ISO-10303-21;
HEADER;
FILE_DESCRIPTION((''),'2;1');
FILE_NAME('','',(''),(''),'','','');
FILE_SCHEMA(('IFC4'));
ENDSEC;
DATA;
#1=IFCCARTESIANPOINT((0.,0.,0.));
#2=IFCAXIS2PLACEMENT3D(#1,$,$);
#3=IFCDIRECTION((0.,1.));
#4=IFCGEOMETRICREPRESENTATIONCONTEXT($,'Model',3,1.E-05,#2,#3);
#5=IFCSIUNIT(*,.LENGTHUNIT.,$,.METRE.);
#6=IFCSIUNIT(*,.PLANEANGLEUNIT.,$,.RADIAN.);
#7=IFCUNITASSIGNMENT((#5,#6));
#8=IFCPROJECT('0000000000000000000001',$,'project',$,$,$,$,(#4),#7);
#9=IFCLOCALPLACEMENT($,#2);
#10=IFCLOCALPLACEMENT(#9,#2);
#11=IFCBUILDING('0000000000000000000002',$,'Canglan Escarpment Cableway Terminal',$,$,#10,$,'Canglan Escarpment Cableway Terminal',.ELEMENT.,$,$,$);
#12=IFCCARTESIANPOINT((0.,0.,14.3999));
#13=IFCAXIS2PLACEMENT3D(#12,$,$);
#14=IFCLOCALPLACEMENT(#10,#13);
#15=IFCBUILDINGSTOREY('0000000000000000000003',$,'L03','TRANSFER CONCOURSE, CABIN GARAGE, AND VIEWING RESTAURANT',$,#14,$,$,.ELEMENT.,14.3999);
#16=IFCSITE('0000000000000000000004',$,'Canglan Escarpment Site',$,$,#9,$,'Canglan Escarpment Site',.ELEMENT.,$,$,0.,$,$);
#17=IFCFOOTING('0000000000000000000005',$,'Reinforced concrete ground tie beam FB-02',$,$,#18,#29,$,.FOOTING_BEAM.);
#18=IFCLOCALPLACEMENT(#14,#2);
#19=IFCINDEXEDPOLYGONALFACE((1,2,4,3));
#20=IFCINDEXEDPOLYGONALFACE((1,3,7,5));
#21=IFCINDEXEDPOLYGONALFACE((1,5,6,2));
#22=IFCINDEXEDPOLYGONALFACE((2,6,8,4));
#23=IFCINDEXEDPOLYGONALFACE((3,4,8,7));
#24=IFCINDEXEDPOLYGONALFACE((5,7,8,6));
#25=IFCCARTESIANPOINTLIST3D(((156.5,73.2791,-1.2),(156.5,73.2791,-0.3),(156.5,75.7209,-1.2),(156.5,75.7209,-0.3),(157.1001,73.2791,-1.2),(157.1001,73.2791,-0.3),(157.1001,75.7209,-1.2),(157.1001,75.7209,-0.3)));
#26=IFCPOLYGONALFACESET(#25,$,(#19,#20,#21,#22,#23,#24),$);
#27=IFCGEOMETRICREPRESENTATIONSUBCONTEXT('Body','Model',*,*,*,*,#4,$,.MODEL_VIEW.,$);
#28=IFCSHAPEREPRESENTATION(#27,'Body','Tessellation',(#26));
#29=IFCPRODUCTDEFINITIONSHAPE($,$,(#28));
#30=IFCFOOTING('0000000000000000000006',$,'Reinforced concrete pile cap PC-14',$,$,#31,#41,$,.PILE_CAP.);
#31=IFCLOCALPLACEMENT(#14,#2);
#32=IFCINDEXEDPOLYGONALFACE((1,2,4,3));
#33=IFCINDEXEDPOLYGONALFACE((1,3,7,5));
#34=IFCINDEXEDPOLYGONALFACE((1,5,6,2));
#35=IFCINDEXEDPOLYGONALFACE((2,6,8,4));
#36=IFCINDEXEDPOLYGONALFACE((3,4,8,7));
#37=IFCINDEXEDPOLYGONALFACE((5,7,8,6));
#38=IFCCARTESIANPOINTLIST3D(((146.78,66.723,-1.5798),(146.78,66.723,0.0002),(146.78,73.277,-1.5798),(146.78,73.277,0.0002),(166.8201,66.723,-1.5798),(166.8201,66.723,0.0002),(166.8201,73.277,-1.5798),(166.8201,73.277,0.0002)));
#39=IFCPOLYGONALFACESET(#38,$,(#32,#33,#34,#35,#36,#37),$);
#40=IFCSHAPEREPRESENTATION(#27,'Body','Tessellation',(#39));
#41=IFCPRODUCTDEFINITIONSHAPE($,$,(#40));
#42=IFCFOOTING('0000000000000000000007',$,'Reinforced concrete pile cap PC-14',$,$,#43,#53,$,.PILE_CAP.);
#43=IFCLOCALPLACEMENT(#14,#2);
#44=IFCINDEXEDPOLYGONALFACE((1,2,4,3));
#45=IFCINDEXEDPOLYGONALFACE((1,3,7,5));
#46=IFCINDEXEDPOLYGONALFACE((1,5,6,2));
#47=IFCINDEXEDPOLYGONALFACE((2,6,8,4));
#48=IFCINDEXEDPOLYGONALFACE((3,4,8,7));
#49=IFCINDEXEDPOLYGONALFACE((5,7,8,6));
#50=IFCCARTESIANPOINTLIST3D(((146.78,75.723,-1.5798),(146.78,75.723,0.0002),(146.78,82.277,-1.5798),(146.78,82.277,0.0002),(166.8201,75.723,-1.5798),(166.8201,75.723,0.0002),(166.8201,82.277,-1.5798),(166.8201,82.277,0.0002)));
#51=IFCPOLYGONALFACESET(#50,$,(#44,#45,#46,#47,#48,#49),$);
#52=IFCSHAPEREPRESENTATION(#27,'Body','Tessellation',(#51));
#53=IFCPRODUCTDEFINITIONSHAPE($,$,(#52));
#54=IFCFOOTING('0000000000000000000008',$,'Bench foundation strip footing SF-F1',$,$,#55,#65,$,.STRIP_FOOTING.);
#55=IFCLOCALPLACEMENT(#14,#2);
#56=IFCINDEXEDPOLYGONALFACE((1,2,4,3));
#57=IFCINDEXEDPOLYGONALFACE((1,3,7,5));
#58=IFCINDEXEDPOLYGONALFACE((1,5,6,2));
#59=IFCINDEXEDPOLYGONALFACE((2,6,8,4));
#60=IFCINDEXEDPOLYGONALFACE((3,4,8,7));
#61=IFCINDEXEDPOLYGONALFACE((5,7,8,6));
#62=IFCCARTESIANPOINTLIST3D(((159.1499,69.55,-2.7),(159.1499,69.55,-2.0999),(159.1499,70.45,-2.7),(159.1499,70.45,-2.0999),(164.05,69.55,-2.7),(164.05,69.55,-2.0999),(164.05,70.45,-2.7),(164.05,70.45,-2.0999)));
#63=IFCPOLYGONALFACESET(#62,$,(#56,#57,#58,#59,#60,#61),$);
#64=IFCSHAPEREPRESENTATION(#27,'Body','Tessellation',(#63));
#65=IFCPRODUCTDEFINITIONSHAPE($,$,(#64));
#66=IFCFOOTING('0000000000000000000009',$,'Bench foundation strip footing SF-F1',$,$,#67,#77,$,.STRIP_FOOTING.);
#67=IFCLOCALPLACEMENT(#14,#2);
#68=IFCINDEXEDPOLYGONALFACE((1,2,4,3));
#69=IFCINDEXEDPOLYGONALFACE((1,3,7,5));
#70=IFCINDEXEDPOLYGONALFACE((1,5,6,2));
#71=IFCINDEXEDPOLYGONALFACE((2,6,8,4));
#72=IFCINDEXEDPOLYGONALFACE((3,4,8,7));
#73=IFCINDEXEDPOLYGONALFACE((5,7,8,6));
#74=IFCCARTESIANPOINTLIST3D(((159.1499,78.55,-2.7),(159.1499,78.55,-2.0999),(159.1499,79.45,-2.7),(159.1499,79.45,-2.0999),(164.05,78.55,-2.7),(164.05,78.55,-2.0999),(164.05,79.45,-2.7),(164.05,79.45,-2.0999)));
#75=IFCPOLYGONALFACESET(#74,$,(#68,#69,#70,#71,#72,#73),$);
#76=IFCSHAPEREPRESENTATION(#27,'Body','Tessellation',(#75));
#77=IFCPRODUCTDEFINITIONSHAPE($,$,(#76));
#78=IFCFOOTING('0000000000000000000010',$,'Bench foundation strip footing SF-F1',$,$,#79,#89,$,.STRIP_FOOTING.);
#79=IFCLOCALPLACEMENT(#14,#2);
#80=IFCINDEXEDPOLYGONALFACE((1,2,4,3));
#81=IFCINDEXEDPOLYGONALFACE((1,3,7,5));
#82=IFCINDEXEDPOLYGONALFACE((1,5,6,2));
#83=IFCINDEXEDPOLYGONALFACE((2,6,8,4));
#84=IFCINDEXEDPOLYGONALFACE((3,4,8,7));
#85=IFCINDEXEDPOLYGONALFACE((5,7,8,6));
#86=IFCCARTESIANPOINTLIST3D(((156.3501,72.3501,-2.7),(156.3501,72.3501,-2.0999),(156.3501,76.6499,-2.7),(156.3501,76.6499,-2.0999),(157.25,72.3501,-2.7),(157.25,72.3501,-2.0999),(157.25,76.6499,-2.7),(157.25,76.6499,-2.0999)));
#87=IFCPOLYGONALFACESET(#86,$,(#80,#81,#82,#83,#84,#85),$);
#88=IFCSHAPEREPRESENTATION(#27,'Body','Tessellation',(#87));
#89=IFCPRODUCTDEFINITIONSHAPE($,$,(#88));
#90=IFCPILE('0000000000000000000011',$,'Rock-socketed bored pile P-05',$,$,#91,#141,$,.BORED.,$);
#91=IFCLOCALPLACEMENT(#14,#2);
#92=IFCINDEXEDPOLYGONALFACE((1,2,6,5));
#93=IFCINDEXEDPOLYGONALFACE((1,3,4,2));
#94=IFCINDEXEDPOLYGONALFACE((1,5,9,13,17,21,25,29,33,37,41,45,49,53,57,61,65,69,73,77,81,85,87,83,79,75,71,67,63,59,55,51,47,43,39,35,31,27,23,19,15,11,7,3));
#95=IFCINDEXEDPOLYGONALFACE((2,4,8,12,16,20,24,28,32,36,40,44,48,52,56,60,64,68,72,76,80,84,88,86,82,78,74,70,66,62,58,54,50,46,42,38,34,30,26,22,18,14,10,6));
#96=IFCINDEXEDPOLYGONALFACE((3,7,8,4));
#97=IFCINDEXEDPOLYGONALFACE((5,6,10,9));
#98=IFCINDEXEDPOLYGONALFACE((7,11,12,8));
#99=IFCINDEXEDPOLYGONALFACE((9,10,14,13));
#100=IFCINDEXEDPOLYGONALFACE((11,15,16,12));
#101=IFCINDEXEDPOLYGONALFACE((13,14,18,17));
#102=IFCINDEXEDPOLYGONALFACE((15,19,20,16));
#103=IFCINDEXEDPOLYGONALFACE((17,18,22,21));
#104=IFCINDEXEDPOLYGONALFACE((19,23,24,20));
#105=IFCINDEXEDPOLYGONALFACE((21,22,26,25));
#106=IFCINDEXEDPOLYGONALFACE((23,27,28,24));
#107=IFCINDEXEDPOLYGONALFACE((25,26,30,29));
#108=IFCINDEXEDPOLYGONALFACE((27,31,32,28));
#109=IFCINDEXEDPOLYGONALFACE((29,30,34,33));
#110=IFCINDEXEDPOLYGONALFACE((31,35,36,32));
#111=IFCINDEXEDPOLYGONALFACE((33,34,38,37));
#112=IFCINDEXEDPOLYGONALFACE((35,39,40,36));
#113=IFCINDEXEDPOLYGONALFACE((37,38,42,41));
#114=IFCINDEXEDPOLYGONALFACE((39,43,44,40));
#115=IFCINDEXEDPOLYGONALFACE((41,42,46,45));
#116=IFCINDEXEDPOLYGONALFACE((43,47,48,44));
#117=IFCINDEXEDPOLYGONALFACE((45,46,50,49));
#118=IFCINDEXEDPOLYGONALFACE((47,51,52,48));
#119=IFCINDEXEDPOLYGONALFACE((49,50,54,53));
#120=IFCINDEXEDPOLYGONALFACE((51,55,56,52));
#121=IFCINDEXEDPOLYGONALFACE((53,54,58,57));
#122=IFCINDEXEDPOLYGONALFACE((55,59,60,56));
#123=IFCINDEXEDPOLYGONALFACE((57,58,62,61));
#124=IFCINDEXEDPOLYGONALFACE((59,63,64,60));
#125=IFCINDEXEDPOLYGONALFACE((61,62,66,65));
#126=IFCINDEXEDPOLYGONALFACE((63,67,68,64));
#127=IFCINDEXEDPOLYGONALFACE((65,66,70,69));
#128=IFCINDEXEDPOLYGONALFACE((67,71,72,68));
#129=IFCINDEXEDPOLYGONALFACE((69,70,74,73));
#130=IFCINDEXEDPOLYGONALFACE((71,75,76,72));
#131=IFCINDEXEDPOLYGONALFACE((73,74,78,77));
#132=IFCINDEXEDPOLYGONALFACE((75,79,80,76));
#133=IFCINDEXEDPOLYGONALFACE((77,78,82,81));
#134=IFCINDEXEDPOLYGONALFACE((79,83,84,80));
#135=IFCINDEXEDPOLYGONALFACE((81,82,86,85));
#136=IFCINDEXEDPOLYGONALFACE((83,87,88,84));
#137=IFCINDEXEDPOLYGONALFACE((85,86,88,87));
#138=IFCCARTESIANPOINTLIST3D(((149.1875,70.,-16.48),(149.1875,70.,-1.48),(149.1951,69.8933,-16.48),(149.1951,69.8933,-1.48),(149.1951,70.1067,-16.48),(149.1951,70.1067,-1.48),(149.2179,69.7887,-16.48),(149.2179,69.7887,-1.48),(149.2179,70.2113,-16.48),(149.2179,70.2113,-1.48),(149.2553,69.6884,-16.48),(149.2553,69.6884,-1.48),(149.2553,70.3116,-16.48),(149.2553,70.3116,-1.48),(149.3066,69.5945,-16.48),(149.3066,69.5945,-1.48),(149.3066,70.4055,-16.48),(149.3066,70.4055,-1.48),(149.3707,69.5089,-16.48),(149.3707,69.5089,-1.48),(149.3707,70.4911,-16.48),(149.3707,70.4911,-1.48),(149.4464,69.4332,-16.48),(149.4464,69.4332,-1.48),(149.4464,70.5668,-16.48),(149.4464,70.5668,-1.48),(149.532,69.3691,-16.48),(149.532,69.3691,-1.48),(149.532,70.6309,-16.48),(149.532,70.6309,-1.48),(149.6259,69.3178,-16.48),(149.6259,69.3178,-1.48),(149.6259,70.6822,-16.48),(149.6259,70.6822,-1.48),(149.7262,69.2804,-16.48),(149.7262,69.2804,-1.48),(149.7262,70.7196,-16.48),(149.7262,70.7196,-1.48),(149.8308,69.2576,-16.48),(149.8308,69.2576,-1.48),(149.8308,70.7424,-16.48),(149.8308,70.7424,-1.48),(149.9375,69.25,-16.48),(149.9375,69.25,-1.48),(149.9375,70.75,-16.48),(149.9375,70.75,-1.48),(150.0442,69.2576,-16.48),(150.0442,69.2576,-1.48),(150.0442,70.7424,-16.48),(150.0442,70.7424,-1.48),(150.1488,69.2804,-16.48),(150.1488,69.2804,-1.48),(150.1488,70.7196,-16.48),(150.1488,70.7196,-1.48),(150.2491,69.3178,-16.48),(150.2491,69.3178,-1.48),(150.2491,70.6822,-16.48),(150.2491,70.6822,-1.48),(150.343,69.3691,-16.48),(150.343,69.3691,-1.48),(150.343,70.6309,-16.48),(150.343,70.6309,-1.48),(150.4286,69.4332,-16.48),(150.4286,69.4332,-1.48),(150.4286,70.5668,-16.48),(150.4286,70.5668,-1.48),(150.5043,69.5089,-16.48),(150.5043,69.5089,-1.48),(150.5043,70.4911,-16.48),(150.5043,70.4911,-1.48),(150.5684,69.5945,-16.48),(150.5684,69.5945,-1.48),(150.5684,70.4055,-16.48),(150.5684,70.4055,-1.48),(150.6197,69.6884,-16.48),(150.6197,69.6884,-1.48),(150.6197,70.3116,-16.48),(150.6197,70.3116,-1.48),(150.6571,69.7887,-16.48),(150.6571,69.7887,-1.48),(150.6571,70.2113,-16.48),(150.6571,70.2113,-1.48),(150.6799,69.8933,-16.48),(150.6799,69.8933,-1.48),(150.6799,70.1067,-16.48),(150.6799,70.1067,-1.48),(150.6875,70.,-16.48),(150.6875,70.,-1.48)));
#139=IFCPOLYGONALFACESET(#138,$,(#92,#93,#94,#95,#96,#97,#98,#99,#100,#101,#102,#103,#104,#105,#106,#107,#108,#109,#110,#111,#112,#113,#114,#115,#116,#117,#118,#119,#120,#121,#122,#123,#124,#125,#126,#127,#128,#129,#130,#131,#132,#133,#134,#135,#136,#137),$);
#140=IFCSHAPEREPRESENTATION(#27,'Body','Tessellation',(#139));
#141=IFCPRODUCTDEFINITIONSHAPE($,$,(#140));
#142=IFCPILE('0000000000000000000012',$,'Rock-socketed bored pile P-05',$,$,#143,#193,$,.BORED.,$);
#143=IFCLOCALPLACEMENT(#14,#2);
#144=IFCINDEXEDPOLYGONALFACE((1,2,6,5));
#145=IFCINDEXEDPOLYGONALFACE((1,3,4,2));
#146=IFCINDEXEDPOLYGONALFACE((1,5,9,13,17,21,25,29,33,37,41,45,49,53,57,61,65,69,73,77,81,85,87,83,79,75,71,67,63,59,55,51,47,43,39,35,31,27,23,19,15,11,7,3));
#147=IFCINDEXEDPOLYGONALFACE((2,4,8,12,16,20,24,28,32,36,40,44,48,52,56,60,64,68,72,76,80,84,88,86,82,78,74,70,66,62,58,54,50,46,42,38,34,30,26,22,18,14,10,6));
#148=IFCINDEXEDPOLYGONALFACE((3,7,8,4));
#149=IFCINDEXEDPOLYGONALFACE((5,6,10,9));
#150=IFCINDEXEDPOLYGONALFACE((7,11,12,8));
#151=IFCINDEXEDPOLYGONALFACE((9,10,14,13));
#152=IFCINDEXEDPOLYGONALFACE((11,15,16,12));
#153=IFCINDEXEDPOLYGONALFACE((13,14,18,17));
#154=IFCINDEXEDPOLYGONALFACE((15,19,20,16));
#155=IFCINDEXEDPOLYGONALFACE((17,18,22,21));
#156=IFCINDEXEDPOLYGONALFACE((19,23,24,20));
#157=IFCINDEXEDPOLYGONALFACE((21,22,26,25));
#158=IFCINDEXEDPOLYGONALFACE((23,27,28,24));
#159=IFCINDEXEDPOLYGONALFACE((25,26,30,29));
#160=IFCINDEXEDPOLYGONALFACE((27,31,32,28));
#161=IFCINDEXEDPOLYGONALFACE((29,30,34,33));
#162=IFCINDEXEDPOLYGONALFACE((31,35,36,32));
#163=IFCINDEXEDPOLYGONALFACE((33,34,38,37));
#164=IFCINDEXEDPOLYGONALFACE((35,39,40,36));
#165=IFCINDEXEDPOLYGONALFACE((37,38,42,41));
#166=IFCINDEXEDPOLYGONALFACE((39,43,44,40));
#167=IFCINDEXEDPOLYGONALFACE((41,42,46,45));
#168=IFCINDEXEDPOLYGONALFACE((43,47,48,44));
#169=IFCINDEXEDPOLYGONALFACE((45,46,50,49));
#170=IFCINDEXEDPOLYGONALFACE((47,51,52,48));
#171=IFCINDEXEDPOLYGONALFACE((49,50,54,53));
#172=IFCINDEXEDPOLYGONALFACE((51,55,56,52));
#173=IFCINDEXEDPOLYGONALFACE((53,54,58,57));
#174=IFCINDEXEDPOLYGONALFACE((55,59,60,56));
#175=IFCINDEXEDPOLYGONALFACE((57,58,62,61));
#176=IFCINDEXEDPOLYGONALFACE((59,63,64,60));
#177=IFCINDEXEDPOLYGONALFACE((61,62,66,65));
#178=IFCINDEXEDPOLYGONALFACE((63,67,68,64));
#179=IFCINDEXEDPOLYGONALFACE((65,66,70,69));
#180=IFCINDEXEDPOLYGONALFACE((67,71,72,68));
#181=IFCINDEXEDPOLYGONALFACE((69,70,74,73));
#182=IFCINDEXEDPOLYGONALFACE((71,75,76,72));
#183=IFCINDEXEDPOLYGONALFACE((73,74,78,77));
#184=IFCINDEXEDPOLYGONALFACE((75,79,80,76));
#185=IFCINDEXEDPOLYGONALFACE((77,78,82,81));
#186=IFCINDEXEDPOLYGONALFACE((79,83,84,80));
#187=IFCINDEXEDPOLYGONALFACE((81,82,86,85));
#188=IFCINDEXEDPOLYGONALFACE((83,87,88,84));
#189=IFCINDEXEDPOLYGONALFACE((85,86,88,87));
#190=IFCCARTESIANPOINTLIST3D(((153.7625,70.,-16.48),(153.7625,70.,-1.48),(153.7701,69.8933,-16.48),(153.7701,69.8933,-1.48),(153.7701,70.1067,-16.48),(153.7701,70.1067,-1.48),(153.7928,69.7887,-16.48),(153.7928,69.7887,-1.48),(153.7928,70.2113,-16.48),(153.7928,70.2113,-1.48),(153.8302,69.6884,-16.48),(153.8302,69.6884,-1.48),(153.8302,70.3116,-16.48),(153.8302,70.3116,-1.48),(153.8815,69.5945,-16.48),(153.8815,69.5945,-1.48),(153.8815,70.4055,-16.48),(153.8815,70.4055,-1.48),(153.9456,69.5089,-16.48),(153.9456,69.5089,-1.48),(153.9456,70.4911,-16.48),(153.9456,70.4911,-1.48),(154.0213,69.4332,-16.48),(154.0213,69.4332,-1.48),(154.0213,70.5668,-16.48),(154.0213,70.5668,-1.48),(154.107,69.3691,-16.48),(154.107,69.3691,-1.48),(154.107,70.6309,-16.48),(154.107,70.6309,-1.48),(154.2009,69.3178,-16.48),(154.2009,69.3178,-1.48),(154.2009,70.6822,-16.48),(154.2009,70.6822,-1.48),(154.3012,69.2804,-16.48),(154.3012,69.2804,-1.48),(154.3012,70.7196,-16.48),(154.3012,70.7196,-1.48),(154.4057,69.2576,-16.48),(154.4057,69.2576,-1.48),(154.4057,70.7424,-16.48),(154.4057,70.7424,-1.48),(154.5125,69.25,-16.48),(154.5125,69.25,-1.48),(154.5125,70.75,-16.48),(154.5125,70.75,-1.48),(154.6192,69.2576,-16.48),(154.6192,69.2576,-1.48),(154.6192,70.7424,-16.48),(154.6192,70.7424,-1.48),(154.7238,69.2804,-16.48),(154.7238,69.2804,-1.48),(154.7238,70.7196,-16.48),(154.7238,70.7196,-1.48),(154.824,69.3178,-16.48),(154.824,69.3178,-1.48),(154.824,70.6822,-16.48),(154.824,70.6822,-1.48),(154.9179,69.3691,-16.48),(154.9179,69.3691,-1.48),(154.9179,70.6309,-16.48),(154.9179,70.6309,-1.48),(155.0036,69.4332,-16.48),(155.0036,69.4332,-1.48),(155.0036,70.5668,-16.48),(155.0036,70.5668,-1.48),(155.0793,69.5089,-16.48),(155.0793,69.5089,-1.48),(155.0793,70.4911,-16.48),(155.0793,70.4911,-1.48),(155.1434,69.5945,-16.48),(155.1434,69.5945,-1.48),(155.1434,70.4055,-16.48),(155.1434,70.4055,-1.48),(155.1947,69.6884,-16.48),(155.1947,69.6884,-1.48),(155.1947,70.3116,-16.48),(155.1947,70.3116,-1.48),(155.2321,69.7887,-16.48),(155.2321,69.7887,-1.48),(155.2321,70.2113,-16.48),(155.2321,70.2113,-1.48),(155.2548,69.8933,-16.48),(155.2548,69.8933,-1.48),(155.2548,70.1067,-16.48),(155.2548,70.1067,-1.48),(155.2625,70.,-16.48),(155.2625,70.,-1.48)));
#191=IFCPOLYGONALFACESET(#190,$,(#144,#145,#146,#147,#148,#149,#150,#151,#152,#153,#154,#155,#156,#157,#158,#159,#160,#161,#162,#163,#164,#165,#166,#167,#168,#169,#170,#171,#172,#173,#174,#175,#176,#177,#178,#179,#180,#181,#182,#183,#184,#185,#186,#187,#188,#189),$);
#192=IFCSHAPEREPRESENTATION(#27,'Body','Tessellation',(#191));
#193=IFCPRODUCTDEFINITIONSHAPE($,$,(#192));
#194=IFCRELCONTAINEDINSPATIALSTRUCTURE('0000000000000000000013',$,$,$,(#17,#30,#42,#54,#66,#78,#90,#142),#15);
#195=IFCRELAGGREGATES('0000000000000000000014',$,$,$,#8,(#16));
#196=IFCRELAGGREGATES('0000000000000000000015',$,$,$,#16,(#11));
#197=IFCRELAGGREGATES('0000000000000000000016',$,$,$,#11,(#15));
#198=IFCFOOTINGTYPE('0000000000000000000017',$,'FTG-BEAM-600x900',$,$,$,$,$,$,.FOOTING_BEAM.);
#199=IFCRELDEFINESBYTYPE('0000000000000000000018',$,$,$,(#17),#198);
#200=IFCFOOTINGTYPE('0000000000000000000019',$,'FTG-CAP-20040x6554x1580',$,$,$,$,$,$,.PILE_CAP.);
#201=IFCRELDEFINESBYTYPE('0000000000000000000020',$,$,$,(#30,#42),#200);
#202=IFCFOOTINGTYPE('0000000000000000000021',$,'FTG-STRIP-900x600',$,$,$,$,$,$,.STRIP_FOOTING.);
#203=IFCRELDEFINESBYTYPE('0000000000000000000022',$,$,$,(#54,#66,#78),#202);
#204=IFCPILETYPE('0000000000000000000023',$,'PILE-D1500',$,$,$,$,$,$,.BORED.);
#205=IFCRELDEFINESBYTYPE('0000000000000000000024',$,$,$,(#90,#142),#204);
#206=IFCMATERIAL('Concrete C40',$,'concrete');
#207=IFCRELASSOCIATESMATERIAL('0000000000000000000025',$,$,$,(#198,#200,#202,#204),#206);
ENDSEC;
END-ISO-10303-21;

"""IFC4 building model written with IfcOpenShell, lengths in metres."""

from ifc_helpers import new_model, si_unit, direction, frame, origin, origin_2d, place, context, subcontext, project, spatial, rectangle, circle, extrude, material, material_profile, profile_set, type_object, element, save


model = new_model("IFC4")

# Units and contexts
model_context = context("Model", 3, precision=1e-05, world=origin(), true_north=direction((0.0, 1.0)))
body_context = subcontext(model_context, "Body", "Model", "MODEL_VIEW")
ifc_project = project(units=[si_unit("LENGTHUNIT", "METRE"), si_unit("PLANEANGLEUNIT", "RADIAN")], contexts=[model_context])

# Site, building, storey
site_placement = place(None, origin())
site = spatial("IfcSite", under=ifc_project, at=site_placement, Name="Canglan Escarpment Site", LongName="Canglan Escarpment Site", CompositionType="ELEMENT", RefElevation=0.0)
building_placement = place(site_placement, origin())
building = spatial("IfcBuilding", under=site, at=building_placement, Name="Canglan Escarpment Cableway Terminal", LongName="Canglan Escarpment Cableway Terminal", CompositionType="ELEMENT")
storey_placement = place(building_placement, frame((0.0, 0.0, 14.3999)))
storey = spatial("IfcBuildingStorey", under=building, at=storey_placement, Name="L03", Description="TRANSFER CONCOURSE, CABIN GARAGE, AND VIEWING RESTAURANT", CompositionType="ELEMENT", Elevation=14.3999)

# Footings
ifc_material_1 = material(Name="Concrete C40", Category="concrete")
ifc_material_profile_1 = material_profile(ifc_material_1, rectangle(XDim=0.6001, YDim=0.8999, at=origin_2d()), Name="FB 600x900")
ifc_profile_set_1 = profile_set([ifc_material_profile_1], Name="Concrete C40")
footing_type_1 = type_object("IfcFootingType", Name="FTG-BEAM-600x900", PredefinedType="FOOTING_BEAM", material=ifc_profile_set_1)
footing_1_placement = place(storey_placement, frame((156.8, 73.2791, -0.75), z_axis=(0.0, 1.0, 0.0), x_axis=(-1.0, 0.0, 0.0)))
element("IfcFooting", 1, at=footing_1_placement, inside=storey, type_object=footing_type_1, Name="Reinforced concrete ground tie beam FB-02", PredefinedType="FOOTING_BEAM", context=body_context, shape_type="SweptSolid", body=[
    extrude(rectangle(XDim=0.6001, YDim=0.8999, at=origin_2d()), origin(), (0.0, 0.0, 1.0), 2.4419),
])
footing_type_2 = type_object("IfcFootingType", Name="FTG-CAP-20040x6554x1580", PredefinedType="PILE_CAP", material=ifc_material_1)
for number, where, z_axis, x_axis, name in (
    (2, (156.8, 70.0, -1.5798), (0.0, 0.0, 1.0), (1.0, 0.0, 0.0), "Reinforced concrete pile cap PC-14"),
    (3, (156.8, 79.0, -1.5798), (0.0, 0.0, 1.0), (1.0, 0.0, 0.0), "Reinforced concrete pile cap PC-14"),
):
    element("IfcFooting", number, at=place(storey_placement, frame(where, z_axis=z_axis, x_axis=x_axis)), inside=storey, type_object=footing_type_2, Name=name, PredefinedType="PILE_CAP", context=body_context, shape_type="SweptSolid", body=[
        extrude(rectangle(XDim=20.04, YDim=6.554, at=origin_2d()), origin(), (0.0, 0.0, 1.0), 1.5801),
    ])
ifc_material_profile_2 = material_profile(ifc_material_1, rectangle(XDim=0.8999, YDim=0.6001, at=origin_2d()), Name="SF 900x600")
ifc_profile_set_2 = profile_set([ifc_material_profile_2], Name="Concrete C40")
footing_type_3 = type_object("IfcFootingType", Name="FTG-STRIP-900x600", PredefinedType="STRIP_FOOTING", material=ifc_profile_set_2)
for number, where, z_axis, x_axis, name in (
    (4, (159.1499, 70.0, -2.3999), (1.0, 0.0, 0.0), (0.0, 1.0, 0.0), "Bench foundation strip footing SF-F1"),
    (5, (159.1499, 79.0, -2.3999), (1.0, 0.0, 0.0), (0.0, 1.0, 0.0), "Bench foundation strip footing SF-F1"),
):
    element("IfcFooting", number, at=place(storey_placement, frame(where, z_axis=z_axis, x_axis=x_axis)), inside=storey, type_object=footing_type_3, Name=name, PredefinedType="STRIP_FOOTING", context=body_context, shape_type="SweptSolid", body=[
        extrude(rectangle(XDim=0.8999, YDim=0.6001, at=origin_2d()), origin(), (0.0, 0.0, 1.0), 4.9001),
    ])
footing_2_placement = place(storey_placement, frame((156.8, 72.3501, -2.3999), z_axis=(0.0, 1.0, 0.0), x_axis=(-1.0, 0.0, 0.0)))
element("IfcFooting", 6, at=footing_2_placement, inside=storey, type_object=footing_type_3, Name="Bench foundation strip footing SF-F1", PredefinedType="STRIP_FOOTING", context=body_context, shape_type="SweptSolid", body=[
    extrude(rectangle(XDim=0.8999, YDim=0.6001, at=origin_2d()), origin(), (0.0, 0.0, 1.0), 4.2998),
])

# Piles
ifc_material_profile_3 = material_profile(ifc_material_1, circle(Radius=0.75, at=origin_2d()), Name="BORED PILE D1500")
ifc_profile_set_3 = profile_set([ifc_material_profile_3], Name="Concrete C40")
pile_type = type_object("IfcPileType", Name="PILE-D1500", PredefinedType="BORED", material=ifc_profile_set_3)
for number, where, z_axis, x_axis, name in (
    (7, (149.9375, 70.0, -1.48), (0.0, 0.0, -1.0), (1.0, 0.0, 0.0), "Rock-socketed bored pile P-05"),
    (8, (154.5125, 70.0, -1.48), (0.0, 0.0, -1.0), (1.0, 0.0, 0.0), "Rock-socketed bored pile P-05"),
):
    element("IfcPile", number, at=place(storey_placement, frame(where, z_axis=z_axis, x_axis=x_axis)), inside=storey, type_object=pile_type, Name=name, PredefinedType="BORED", context=body_context, shape_type="SweptSolid", body=[
        extrude(circle(Radius=0.75, at=origin_2d()), origin(), (0.0, 0.0, 1.0), 15.0),
    ])

save(model, "model.ifc")
